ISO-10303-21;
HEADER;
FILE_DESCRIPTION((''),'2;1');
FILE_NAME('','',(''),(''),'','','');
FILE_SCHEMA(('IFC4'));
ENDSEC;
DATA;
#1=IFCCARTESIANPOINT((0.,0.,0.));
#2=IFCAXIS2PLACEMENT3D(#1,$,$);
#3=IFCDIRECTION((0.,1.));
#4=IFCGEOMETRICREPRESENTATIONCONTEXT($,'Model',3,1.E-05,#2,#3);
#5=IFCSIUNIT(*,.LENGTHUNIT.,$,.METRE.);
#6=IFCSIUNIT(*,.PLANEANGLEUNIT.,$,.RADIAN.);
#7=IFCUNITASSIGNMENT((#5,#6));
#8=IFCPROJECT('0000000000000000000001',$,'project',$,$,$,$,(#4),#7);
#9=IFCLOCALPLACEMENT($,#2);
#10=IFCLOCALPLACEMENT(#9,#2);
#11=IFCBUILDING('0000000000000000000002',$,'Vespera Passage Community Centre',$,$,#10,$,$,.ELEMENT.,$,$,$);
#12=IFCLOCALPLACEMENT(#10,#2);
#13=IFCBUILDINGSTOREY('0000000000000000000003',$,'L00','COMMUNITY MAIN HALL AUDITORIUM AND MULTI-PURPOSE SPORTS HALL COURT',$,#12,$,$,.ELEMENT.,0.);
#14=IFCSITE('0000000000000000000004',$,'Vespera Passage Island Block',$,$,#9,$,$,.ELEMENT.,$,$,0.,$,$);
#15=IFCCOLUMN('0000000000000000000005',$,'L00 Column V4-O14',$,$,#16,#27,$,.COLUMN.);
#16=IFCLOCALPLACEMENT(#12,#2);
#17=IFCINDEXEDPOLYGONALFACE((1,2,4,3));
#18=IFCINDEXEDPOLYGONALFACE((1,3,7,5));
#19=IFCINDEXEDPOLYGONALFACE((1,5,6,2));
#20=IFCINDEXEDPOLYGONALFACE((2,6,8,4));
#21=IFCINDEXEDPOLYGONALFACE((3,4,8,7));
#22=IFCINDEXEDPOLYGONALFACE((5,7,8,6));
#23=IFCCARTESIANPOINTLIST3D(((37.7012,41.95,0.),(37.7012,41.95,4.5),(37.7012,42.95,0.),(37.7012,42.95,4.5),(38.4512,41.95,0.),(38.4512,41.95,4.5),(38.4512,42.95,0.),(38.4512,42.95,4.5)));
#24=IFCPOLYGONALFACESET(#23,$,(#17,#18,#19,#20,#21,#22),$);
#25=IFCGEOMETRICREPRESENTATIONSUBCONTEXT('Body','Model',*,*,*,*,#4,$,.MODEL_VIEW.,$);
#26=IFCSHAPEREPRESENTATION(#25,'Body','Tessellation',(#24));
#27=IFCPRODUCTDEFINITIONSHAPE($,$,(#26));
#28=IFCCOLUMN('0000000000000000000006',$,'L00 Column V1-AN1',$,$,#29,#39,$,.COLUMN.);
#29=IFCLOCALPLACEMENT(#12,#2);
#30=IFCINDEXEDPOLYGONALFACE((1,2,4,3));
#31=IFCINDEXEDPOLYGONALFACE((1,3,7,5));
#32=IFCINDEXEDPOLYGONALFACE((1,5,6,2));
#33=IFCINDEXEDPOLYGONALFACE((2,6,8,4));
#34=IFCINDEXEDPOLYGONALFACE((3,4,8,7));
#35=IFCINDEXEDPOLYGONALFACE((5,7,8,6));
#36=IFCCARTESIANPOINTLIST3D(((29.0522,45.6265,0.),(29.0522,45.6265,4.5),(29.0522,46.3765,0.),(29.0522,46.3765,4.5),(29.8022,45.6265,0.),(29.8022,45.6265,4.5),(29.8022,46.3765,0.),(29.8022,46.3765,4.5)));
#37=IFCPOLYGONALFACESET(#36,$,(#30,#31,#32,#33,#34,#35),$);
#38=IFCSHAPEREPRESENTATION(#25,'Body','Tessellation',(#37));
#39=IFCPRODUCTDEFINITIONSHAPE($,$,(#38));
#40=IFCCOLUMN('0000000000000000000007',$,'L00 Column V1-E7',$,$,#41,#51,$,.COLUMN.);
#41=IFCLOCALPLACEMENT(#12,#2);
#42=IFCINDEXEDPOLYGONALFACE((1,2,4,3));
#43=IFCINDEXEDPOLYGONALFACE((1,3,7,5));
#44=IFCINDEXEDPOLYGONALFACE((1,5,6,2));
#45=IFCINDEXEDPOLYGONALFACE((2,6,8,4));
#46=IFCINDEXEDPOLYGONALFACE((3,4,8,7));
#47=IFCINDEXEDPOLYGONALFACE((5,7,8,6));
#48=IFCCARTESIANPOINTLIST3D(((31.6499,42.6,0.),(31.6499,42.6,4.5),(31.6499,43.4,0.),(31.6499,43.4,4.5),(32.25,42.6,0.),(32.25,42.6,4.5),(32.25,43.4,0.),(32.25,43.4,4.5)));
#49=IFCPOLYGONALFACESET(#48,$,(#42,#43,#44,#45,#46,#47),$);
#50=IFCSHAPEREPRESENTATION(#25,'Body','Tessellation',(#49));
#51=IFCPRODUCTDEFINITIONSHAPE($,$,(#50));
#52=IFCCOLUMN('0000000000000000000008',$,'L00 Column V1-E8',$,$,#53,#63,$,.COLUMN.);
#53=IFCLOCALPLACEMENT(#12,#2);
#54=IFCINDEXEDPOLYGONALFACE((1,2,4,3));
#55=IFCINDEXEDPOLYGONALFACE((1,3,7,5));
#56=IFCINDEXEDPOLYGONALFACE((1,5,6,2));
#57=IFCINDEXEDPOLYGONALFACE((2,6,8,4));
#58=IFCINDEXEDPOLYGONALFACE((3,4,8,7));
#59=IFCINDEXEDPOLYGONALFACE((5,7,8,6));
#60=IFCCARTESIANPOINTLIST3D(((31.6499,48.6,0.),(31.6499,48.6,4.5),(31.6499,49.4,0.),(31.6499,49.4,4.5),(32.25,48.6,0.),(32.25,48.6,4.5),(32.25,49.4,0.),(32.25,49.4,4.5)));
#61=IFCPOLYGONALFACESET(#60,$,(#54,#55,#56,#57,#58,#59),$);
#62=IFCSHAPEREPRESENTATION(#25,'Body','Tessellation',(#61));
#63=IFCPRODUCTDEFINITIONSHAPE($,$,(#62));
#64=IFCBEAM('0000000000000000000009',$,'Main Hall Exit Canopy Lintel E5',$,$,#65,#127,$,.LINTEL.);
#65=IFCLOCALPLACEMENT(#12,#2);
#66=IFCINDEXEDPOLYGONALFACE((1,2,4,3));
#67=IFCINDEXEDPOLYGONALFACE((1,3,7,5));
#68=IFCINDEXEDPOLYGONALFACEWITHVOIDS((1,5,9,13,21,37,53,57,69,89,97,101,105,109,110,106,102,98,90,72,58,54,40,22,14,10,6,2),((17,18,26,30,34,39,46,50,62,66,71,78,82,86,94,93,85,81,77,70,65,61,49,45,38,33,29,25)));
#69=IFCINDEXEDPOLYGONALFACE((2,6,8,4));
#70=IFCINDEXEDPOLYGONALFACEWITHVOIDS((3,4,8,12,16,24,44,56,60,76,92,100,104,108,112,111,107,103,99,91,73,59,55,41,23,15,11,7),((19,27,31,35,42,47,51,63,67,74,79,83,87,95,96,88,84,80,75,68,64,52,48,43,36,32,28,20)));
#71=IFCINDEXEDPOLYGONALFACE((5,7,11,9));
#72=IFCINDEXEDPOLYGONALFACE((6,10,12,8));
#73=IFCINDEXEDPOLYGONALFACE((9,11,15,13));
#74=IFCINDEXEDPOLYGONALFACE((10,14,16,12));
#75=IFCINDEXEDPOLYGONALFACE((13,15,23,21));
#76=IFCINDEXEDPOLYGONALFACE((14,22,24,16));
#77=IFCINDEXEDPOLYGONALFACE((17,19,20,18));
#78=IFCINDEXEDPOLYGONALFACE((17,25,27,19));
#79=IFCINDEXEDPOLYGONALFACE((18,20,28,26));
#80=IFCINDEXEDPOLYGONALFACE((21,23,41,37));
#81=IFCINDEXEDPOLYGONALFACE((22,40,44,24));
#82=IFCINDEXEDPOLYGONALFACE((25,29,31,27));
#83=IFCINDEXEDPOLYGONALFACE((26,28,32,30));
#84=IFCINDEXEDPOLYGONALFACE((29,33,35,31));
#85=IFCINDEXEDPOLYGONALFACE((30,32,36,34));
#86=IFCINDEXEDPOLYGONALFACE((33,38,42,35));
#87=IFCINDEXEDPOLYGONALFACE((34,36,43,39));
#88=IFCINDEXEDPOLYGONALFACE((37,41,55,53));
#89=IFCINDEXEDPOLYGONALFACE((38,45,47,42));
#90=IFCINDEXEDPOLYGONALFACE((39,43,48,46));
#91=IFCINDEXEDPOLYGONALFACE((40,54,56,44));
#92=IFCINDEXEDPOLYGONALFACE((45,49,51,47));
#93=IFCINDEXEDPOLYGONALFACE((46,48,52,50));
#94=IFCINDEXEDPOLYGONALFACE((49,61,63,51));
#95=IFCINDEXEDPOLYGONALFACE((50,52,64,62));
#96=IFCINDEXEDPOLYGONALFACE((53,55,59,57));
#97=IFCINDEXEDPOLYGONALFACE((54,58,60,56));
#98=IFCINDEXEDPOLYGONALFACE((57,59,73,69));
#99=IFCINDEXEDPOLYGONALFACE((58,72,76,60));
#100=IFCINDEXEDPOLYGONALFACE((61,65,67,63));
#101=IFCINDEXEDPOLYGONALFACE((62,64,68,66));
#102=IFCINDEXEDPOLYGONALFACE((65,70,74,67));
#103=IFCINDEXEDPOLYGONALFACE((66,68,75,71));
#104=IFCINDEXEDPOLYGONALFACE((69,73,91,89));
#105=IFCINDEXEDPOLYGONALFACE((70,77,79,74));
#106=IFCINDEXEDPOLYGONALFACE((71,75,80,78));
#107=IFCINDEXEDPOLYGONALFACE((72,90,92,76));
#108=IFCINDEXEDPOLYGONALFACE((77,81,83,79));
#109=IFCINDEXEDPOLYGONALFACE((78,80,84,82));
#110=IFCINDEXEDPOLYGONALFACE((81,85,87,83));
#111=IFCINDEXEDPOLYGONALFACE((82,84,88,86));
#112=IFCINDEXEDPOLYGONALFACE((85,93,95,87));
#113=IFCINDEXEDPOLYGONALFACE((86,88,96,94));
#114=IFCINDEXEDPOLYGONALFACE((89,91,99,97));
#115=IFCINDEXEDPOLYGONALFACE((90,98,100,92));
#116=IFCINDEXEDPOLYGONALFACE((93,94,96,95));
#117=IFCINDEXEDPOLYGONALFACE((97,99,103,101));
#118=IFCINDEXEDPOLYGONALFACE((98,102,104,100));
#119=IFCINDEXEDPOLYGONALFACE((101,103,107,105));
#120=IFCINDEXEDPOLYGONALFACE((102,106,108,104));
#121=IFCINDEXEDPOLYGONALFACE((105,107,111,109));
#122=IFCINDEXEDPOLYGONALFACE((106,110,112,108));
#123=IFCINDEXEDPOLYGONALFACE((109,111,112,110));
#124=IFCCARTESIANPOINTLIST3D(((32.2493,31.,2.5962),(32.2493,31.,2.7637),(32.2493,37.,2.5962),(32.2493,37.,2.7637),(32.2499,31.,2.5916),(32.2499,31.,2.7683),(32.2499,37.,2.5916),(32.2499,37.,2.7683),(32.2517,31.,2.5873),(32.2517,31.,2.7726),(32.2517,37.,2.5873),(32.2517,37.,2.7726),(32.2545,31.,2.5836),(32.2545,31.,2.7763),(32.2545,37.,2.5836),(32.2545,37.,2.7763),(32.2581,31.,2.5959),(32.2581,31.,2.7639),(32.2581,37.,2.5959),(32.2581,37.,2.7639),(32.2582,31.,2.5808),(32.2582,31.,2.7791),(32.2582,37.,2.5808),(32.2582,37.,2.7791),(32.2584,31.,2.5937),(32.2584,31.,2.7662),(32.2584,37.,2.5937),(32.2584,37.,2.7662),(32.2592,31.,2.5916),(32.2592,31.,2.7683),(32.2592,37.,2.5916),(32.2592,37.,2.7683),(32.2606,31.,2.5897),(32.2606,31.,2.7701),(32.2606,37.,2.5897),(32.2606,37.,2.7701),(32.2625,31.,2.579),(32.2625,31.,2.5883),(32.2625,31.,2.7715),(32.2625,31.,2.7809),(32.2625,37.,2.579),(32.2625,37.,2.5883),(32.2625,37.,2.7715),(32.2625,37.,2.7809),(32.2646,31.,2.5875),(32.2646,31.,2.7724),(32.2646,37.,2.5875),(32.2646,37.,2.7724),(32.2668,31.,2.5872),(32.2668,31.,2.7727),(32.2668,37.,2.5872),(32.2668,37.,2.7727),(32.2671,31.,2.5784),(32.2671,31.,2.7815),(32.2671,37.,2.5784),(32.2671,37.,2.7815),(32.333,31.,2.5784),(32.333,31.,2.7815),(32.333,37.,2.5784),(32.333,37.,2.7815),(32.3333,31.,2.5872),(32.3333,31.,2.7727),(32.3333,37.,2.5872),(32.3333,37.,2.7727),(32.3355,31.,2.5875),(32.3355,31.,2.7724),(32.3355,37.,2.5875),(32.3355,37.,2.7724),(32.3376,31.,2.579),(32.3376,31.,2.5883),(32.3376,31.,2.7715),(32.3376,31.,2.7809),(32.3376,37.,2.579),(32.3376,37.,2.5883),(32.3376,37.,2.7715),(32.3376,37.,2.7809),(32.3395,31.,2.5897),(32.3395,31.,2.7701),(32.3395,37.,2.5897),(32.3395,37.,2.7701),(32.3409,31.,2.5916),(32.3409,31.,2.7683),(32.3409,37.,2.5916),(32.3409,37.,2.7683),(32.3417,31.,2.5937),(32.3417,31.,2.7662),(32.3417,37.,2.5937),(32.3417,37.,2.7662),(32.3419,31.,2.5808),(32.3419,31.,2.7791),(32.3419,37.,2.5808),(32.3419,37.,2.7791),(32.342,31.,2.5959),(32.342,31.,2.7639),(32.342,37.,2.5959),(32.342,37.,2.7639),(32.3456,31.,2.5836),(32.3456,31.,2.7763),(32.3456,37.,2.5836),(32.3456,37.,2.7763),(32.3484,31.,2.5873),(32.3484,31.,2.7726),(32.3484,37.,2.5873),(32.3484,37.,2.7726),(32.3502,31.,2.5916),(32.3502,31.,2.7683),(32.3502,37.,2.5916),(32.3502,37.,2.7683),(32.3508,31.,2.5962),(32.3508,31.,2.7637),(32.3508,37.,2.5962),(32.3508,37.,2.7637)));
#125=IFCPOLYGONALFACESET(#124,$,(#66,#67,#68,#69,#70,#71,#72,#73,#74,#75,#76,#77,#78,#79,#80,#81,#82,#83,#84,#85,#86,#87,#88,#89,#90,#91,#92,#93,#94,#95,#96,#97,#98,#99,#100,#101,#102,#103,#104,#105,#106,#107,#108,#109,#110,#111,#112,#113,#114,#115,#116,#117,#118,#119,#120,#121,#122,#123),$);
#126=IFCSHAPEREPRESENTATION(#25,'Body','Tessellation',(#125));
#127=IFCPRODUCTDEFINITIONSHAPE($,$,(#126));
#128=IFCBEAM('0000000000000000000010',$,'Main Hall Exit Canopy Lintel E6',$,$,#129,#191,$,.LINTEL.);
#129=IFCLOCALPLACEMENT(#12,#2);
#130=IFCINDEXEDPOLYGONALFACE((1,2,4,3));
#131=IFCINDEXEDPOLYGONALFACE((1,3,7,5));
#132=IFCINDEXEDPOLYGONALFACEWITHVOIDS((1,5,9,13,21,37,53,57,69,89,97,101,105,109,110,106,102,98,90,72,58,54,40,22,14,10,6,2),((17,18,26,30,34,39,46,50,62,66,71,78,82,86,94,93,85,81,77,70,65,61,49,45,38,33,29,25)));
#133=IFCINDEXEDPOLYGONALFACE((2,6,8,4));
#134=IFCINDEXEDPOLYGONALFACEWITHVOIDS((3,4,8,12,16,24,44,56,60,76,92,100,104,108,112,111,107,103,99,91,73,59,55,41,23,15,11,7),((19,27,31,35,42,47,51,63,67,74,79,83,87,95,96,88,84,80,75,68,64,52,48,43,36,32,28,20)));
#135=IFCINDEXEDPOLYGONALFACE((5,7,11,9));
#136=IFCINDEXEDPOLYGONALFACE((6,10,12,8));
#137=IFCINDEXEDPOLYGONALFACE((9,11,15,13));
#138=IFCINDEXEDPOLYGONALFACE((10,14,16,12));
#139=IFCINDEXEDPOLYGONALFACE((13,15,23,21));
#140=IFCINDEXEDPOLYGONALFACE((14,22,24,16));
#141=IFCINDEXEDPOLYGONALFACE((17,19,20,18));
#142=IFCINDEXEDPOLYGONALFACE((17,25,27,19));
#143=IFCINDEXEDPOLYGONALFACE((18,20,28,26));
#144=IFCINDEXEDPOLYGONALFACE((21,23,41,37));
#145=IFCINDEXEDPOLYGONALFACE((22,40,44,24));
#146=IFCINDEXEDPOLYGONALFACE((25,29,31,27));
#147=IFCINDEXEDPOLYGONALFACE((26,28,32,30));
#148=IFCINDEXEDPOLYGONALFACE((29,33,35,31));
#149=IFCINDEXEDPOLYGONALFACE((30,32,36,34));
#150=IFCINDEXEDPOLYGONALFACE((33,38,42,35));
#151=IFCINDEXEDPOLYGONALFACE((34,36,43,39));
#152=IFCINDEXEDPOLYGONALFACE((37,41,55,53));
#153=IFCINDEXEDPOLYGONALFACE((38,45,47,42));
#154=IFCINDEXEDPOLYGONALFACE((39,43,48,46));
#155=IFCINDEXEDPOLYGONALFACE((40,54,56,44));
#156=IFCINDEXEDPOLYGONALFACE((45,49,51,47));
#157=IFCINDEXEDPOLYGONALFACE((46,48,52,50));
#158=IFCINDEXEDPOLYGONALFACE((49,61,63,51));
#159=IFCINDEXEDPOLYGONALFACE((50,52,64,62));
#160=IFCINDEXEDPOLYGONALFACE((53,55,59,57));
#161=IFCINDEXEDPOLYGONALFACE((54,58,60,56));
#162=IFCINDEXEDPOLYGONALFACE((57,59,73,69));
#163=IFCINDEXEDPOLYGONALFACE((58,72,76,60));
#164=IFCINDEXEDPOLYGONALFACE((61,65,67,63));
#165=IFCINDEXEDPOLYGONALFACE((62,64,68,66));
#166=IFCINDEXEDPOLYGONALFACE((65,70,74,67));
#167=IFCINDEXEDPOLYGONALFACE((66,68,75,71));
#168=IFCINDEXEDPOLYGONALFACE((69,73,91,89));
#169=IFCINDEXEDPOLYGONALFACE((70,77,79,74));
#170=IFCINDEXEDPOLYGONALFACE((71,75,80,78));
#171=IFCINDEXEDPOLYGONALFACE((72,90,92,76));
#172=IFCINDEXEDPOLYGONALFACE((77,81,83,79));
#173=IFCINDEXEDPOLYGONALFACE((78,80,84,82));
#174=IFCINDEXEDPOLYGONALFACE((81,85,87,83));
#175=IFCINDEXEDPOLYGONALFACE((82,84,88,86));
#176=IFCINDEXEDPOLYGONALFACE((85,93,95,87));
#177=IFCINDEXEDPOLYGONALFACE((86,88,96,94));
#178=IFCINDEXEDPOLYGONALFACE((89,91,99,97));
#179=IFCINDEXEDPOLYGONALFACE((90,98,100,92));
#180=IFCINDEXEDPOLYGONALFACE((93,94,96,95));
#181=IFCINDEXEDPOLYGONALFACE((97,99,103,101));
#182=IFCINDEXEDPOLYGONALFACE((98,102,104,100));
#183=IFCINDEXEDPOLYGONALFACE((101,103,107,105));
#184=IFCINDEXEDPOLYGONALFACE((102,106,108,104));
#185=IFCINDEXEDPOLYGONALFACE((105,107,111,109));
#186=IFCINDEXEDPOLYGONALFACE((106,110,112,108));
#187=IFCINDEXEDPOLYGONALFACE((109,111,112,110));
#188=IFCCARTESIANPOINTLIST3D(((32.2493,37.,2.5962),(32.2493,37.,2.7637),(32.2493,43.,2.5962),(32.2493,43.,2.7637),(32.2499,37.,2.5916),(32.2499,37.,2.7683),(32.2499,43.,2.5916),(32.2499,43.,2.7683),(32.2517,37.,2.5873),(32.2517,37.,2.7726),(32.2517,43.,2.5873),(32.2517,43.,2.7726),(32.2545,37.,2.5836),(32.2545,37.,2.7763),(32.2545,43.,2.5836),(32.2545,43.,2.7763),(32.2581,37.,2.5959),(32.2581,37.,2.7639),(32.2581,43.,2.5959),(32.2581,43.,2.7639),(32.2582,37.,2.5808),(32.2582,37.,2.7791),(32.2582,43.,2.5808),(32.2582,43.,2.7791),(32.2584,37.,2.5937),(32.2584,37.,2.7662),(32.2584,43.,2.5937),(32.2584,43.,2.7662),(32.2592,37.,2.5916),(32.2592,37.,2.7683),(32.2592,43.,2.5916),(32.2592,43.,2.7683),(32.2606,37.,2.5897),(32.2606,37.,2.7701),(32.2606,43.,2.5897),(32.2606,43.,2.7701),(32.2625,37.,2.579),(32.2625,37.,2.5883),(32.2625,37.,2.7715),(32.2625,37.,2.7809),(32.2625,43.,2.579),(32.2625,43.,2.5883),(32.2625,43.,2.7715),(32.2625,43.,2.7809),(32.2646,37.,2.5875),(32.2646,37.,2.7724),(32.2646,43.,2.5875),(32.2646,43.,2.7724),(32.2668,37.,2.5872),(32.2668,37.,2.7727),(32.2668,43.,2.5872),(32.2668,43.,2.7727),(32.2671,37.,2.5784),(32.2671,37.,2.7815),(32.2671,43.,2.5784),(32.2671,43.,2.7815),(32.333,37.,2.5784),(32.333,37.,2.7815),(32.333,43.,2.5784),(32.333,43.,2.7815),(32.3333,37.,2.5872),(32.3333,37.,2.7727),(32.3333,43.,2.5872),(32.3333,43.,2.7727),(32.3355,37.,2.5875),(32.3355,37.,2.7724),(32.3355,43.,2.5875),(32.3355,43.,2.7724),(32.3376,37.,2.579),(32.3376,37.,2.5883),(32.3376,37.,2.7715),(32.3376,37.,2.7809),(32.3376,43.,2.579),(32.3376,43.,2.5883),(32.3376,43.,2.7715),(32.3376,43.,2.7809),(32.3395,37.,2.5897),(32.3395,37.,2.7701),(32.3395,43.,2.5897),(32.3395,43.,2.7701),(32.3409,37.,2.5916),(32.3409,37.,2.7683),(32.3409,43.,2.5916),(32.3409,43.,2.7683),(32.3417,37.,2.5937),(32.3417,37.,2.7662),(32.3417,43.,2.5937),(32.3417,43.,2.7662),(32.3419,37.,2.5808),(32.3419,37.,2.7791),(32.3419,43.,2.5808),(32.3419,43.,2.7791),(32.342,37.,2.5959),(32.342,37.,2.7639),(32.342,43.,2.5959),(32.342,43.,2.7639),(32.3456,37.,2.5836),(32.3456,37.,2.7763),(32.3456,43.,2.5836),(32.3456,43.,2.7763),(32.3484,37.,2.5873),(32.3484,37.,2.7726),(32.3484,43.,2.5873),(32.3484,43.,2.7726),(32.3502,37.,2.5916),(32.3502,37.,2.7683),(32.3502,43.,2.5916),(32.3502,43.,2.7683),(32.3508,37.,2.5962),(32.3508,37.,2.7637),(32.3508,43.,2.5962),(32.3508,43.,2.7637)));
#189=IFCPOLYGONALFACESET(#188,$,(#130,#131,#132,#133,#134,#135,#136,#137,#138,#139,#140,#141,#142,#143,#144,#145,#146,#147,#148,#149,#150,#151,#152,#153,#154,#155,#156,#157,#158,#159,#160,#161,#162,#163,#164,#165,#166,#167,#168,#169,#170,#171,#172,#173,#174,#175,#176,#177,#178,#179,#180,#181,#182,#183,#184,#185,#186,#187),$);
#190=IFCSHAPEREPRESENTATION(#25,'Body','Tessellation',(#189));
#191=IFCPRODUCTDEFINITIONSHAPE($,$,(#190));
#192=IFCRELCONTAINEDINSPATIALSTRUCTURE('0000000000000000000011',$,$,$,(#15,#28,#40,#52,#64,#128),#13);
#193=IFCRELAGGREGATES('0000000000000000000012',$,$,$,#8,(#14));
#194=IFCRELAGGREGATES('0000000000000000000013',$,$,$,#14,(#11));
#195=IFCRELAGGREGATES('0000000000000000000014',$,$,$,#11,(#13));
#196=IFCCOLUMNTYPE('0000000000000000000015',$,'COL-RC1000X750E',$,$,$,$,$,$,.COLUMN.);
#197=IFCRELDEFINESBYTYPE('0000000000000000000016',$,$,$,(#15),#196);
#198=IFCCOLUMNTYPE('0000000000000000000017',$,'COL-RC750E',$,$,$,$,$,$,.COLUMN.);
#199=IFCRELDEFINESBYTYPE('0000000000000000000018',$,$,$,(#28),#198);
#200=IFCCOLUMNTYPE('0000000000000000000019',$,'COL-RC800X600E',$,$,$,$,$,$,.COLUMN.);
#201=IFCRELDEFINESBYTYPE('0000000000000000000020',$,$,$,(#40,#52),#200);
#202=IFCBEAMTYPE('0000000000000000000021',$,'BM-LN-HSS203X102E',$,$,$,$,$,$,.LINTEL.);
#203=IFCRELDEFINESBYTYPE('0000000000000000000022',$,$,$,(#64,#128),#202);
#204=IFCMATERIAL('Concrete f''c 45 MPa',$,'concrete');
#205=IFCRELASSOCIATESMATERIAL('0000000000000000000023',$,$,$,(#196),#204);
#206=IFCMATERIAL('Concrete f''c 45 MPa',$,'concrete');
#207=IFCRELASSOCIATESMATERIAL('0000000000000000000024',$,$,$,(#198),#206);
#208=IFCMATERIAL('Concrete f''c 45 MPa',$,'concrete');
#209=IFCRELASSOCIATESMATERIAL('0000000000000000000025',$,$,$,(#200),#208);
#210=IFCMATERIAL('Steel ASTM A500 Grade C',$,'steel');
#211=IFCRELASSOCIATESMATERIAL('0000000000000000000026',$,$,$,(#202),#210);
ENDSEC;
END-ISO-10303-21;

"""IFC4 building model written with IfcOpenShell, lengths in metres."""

from ifc_helpers import new_model, si_unit, direction, frame, origin, origin_2d, place, context, subcontext, project, spatial, rectangle, hollow_rectangle, extrude, material, material_profile, profile_set, type_object, element, save


model = new_model("IFC4")

# Units and contexts
model_context = context("Model", 3, precision=1e-05, world=origin(), true_north=direction((0.0, 1.0)))
body_context = subcontext(model_context, "Body", "Model", "MODEL_VIEW")
ifc_project = project(units=[si_unit("LENGTHUNIT", "METRE"), si_unit("PLANEANGLEUNIT", "RADIAN")], contexts=[model_context])

# Site, building, storey
site_placement = place(None, origin())
site = spatial("IfcSite", under=ifc_project, at=site_placement, Name="Vespera Passage Island Block", CompositionType="ELEMENT", RefElevation=0.0)
building_placement = place(site_placement, origin())
building = spatial("IfcBuilding", under=site, at=building_placement, Name="Vespera Passage Community Centre", CompositionType="ELEMENT")
storey_placement = place(building_placement, origin())
storey = spatial("IfcBuildingStorey", under=building, at=storey_placement, Name="L00", Description="COMMUNITY MAIN HALL AUDITORIUM AND MULTI-PURPOSE SPORTS HALL COURT", CompositionType="ELEMENT", Elevation=0.0)

# Columns
ifc_material_1 = material(Name="Concrete f'c 45 MPa", Category="concrete")
ifc_material_profile_1 = material_profile(ifc_material_1, rectangle(XDim=0.75, YDim=1.0, at=origin_2d()), Name="RC1000X750")
ifc_profile_set_1 = profile_set([ifc_material_profile_1], Name="Concrete f'c 45 MPa")
column_type_1 = type_object("IfcColumnType", Name="COL-RC1000X750E", PredefinedType="COLUMN", material=ifc_profile_set_1)
column_1_placement = place(storey_placement, frame((38.0762, 42.45, 0.0), z_axis=(0.0, 0.0, 1.0), x_axis=(1.0, 0.0, 0.0)))
element("IfcColumn", 1, at=column_1_placement, inside=storey, type_object=column_type_1, Name="L00 Column V4-O14", PredefinedType="COLUMN", context=body_context, shape_type="SweptSolid", body=[
    extrude(rectangle(XDim=0.75, YDim=1.0, at=origin_2d()), origin(), (0.0, 0.0, 1.0), 4.5),
])
ifc_material_2 = material(Name="Concrete f'c 45 MPa", Category="concrete")
ifc_material_profile_2 = material_profile(ifc_material_2, rectangle(XDim=0.75, YDim=0.75, at=origin_2d()), Name="RC750X750")
ifc_profile_set_2 = profile_set([ifc_material_profile_2], Name="Concrete f'c 45 MPa")
column_type_2 = type_object("IfcColumnType", Name="COL-RC750E", PredefinedType="COLUMN", material=ifc_profile_set_2)
column_2_placement = place(storey_placement, frame((29.4272, 46.0015, 0.0), z_axis=(0.0, 0.0, 1.0), x_axis=(1.0, 0.0, 0.0)))
element("IfcColumn", 2, at=column_2_placement, inside=storey, type_object=column_type_2, Name="L00 Column V1-AN1", PredefinedType="COLUMN", context=body_context, shape_type="SweptSolid", body=[
    extrude(rectangle(XDim=0.75, YDim=0.75, at=origin_2d()), origin(), (0.0, 0.0, 1.0), 4.5),
])
ifc_material_3 = material(Name="Concrete f'c 45 MPa", Category="concrete")
ifc_material_profile_3 = material_profile(ifc_material_3, rectangle(XDim=0.6001, YDim=0.8, at=origin_2d()), Name="RC800X600")
ifc_profile_set_3 = profile_set([ifc_material_profile_3], Name="Concrete f'c 45 MPa")
column_type_3 = type_object("IfcColumnType", Name="COL-RC800X600E", PredefinedType="COLUMN", material=ifc_profile_set_3)
for number, where, z_axis, x_axis, name in (
    (3, (31.95, 43.0, 0.0), (0.0, 0.0, 1.0), (1.0, 0.0, 0.0), "L00 Column V1-E7"),
    (4, (31.95, 49.0, 0.0), (0.0, 0.0, 1.0), (1.0, 0.0, 0.0), "L00 Column V1-E8"),
):
    element("IfcColumn", number, at=place(storey_placement, frame(where, z_axis=z_axis, x_axis=x_axis)), inside=storey, type_object=column_type_3, Name=name, PredefinedType="COLUMN", context=body_context, shape_type="SweptSolid", body=[
        extrude(rectangle(XDim=0.6001, YDim=0.8, at=origin_2d()), origin(), (0.0, 0.0, 1.0), 4.5),
    ])

# Beams
ifc_material_4 = material(Name="Steel ASTM A500 Grade C", Category="steel")
ifc_material_profile_4 = material_profile(ifc_material_4, hollow_rectangle(XDim=0.1016, YDim=0.2031, WallThickness=0.0088, InnerFilletRadius=0.0088, OuterFilletRadius=0.0178, at=origin_2d()), Name="HSS203X102X9.5")
ifc_profile_set_4 = profile_set([ifc_material_profile_4], Name="Steel ASTM A500 Grade C")
beam_type_1 = type_object("IfcBeamType", Name="BM-LN-HSS203X102E", PredefinedType="LINTEL", material=ifc_profile_set_4)
for number, where, z_axis, x_axis, name in (
    (5, (32.3, 37.0, 2.6799), (0.0, -1.0, 0.0), (1.0, 0.0, 0.0), "Main Hall Exit Canopy Lintel E5"),
    (6, (32.3, 43.0, 2.6799), (0.0, -1.0, 0.0), (1.0, 0.0, 0.0), "Main Hall Exit Canopy Lintel E6"),
):
    element("IfcBeam", number, at=place(storey_placement, frame(where, z_axis=z_axis, x_axis=x_axis)), inside=storey, type_object=beam_type_1, Name=name, PredefinedType="LINTEL", context=body_context, shape_type="SweptSolid", body=[
        extrude(hollow_rectangle(XDim=0.1016, YDim=0.2031, WallThickness=0.0088, InnerFilletRadius=0.0088, OuterFilletRadius=0.0178, at=origin_2d()), origin(), (0.0, 0.0, 1.0), 6.0),
    ])

save(model, "model.ifc")
